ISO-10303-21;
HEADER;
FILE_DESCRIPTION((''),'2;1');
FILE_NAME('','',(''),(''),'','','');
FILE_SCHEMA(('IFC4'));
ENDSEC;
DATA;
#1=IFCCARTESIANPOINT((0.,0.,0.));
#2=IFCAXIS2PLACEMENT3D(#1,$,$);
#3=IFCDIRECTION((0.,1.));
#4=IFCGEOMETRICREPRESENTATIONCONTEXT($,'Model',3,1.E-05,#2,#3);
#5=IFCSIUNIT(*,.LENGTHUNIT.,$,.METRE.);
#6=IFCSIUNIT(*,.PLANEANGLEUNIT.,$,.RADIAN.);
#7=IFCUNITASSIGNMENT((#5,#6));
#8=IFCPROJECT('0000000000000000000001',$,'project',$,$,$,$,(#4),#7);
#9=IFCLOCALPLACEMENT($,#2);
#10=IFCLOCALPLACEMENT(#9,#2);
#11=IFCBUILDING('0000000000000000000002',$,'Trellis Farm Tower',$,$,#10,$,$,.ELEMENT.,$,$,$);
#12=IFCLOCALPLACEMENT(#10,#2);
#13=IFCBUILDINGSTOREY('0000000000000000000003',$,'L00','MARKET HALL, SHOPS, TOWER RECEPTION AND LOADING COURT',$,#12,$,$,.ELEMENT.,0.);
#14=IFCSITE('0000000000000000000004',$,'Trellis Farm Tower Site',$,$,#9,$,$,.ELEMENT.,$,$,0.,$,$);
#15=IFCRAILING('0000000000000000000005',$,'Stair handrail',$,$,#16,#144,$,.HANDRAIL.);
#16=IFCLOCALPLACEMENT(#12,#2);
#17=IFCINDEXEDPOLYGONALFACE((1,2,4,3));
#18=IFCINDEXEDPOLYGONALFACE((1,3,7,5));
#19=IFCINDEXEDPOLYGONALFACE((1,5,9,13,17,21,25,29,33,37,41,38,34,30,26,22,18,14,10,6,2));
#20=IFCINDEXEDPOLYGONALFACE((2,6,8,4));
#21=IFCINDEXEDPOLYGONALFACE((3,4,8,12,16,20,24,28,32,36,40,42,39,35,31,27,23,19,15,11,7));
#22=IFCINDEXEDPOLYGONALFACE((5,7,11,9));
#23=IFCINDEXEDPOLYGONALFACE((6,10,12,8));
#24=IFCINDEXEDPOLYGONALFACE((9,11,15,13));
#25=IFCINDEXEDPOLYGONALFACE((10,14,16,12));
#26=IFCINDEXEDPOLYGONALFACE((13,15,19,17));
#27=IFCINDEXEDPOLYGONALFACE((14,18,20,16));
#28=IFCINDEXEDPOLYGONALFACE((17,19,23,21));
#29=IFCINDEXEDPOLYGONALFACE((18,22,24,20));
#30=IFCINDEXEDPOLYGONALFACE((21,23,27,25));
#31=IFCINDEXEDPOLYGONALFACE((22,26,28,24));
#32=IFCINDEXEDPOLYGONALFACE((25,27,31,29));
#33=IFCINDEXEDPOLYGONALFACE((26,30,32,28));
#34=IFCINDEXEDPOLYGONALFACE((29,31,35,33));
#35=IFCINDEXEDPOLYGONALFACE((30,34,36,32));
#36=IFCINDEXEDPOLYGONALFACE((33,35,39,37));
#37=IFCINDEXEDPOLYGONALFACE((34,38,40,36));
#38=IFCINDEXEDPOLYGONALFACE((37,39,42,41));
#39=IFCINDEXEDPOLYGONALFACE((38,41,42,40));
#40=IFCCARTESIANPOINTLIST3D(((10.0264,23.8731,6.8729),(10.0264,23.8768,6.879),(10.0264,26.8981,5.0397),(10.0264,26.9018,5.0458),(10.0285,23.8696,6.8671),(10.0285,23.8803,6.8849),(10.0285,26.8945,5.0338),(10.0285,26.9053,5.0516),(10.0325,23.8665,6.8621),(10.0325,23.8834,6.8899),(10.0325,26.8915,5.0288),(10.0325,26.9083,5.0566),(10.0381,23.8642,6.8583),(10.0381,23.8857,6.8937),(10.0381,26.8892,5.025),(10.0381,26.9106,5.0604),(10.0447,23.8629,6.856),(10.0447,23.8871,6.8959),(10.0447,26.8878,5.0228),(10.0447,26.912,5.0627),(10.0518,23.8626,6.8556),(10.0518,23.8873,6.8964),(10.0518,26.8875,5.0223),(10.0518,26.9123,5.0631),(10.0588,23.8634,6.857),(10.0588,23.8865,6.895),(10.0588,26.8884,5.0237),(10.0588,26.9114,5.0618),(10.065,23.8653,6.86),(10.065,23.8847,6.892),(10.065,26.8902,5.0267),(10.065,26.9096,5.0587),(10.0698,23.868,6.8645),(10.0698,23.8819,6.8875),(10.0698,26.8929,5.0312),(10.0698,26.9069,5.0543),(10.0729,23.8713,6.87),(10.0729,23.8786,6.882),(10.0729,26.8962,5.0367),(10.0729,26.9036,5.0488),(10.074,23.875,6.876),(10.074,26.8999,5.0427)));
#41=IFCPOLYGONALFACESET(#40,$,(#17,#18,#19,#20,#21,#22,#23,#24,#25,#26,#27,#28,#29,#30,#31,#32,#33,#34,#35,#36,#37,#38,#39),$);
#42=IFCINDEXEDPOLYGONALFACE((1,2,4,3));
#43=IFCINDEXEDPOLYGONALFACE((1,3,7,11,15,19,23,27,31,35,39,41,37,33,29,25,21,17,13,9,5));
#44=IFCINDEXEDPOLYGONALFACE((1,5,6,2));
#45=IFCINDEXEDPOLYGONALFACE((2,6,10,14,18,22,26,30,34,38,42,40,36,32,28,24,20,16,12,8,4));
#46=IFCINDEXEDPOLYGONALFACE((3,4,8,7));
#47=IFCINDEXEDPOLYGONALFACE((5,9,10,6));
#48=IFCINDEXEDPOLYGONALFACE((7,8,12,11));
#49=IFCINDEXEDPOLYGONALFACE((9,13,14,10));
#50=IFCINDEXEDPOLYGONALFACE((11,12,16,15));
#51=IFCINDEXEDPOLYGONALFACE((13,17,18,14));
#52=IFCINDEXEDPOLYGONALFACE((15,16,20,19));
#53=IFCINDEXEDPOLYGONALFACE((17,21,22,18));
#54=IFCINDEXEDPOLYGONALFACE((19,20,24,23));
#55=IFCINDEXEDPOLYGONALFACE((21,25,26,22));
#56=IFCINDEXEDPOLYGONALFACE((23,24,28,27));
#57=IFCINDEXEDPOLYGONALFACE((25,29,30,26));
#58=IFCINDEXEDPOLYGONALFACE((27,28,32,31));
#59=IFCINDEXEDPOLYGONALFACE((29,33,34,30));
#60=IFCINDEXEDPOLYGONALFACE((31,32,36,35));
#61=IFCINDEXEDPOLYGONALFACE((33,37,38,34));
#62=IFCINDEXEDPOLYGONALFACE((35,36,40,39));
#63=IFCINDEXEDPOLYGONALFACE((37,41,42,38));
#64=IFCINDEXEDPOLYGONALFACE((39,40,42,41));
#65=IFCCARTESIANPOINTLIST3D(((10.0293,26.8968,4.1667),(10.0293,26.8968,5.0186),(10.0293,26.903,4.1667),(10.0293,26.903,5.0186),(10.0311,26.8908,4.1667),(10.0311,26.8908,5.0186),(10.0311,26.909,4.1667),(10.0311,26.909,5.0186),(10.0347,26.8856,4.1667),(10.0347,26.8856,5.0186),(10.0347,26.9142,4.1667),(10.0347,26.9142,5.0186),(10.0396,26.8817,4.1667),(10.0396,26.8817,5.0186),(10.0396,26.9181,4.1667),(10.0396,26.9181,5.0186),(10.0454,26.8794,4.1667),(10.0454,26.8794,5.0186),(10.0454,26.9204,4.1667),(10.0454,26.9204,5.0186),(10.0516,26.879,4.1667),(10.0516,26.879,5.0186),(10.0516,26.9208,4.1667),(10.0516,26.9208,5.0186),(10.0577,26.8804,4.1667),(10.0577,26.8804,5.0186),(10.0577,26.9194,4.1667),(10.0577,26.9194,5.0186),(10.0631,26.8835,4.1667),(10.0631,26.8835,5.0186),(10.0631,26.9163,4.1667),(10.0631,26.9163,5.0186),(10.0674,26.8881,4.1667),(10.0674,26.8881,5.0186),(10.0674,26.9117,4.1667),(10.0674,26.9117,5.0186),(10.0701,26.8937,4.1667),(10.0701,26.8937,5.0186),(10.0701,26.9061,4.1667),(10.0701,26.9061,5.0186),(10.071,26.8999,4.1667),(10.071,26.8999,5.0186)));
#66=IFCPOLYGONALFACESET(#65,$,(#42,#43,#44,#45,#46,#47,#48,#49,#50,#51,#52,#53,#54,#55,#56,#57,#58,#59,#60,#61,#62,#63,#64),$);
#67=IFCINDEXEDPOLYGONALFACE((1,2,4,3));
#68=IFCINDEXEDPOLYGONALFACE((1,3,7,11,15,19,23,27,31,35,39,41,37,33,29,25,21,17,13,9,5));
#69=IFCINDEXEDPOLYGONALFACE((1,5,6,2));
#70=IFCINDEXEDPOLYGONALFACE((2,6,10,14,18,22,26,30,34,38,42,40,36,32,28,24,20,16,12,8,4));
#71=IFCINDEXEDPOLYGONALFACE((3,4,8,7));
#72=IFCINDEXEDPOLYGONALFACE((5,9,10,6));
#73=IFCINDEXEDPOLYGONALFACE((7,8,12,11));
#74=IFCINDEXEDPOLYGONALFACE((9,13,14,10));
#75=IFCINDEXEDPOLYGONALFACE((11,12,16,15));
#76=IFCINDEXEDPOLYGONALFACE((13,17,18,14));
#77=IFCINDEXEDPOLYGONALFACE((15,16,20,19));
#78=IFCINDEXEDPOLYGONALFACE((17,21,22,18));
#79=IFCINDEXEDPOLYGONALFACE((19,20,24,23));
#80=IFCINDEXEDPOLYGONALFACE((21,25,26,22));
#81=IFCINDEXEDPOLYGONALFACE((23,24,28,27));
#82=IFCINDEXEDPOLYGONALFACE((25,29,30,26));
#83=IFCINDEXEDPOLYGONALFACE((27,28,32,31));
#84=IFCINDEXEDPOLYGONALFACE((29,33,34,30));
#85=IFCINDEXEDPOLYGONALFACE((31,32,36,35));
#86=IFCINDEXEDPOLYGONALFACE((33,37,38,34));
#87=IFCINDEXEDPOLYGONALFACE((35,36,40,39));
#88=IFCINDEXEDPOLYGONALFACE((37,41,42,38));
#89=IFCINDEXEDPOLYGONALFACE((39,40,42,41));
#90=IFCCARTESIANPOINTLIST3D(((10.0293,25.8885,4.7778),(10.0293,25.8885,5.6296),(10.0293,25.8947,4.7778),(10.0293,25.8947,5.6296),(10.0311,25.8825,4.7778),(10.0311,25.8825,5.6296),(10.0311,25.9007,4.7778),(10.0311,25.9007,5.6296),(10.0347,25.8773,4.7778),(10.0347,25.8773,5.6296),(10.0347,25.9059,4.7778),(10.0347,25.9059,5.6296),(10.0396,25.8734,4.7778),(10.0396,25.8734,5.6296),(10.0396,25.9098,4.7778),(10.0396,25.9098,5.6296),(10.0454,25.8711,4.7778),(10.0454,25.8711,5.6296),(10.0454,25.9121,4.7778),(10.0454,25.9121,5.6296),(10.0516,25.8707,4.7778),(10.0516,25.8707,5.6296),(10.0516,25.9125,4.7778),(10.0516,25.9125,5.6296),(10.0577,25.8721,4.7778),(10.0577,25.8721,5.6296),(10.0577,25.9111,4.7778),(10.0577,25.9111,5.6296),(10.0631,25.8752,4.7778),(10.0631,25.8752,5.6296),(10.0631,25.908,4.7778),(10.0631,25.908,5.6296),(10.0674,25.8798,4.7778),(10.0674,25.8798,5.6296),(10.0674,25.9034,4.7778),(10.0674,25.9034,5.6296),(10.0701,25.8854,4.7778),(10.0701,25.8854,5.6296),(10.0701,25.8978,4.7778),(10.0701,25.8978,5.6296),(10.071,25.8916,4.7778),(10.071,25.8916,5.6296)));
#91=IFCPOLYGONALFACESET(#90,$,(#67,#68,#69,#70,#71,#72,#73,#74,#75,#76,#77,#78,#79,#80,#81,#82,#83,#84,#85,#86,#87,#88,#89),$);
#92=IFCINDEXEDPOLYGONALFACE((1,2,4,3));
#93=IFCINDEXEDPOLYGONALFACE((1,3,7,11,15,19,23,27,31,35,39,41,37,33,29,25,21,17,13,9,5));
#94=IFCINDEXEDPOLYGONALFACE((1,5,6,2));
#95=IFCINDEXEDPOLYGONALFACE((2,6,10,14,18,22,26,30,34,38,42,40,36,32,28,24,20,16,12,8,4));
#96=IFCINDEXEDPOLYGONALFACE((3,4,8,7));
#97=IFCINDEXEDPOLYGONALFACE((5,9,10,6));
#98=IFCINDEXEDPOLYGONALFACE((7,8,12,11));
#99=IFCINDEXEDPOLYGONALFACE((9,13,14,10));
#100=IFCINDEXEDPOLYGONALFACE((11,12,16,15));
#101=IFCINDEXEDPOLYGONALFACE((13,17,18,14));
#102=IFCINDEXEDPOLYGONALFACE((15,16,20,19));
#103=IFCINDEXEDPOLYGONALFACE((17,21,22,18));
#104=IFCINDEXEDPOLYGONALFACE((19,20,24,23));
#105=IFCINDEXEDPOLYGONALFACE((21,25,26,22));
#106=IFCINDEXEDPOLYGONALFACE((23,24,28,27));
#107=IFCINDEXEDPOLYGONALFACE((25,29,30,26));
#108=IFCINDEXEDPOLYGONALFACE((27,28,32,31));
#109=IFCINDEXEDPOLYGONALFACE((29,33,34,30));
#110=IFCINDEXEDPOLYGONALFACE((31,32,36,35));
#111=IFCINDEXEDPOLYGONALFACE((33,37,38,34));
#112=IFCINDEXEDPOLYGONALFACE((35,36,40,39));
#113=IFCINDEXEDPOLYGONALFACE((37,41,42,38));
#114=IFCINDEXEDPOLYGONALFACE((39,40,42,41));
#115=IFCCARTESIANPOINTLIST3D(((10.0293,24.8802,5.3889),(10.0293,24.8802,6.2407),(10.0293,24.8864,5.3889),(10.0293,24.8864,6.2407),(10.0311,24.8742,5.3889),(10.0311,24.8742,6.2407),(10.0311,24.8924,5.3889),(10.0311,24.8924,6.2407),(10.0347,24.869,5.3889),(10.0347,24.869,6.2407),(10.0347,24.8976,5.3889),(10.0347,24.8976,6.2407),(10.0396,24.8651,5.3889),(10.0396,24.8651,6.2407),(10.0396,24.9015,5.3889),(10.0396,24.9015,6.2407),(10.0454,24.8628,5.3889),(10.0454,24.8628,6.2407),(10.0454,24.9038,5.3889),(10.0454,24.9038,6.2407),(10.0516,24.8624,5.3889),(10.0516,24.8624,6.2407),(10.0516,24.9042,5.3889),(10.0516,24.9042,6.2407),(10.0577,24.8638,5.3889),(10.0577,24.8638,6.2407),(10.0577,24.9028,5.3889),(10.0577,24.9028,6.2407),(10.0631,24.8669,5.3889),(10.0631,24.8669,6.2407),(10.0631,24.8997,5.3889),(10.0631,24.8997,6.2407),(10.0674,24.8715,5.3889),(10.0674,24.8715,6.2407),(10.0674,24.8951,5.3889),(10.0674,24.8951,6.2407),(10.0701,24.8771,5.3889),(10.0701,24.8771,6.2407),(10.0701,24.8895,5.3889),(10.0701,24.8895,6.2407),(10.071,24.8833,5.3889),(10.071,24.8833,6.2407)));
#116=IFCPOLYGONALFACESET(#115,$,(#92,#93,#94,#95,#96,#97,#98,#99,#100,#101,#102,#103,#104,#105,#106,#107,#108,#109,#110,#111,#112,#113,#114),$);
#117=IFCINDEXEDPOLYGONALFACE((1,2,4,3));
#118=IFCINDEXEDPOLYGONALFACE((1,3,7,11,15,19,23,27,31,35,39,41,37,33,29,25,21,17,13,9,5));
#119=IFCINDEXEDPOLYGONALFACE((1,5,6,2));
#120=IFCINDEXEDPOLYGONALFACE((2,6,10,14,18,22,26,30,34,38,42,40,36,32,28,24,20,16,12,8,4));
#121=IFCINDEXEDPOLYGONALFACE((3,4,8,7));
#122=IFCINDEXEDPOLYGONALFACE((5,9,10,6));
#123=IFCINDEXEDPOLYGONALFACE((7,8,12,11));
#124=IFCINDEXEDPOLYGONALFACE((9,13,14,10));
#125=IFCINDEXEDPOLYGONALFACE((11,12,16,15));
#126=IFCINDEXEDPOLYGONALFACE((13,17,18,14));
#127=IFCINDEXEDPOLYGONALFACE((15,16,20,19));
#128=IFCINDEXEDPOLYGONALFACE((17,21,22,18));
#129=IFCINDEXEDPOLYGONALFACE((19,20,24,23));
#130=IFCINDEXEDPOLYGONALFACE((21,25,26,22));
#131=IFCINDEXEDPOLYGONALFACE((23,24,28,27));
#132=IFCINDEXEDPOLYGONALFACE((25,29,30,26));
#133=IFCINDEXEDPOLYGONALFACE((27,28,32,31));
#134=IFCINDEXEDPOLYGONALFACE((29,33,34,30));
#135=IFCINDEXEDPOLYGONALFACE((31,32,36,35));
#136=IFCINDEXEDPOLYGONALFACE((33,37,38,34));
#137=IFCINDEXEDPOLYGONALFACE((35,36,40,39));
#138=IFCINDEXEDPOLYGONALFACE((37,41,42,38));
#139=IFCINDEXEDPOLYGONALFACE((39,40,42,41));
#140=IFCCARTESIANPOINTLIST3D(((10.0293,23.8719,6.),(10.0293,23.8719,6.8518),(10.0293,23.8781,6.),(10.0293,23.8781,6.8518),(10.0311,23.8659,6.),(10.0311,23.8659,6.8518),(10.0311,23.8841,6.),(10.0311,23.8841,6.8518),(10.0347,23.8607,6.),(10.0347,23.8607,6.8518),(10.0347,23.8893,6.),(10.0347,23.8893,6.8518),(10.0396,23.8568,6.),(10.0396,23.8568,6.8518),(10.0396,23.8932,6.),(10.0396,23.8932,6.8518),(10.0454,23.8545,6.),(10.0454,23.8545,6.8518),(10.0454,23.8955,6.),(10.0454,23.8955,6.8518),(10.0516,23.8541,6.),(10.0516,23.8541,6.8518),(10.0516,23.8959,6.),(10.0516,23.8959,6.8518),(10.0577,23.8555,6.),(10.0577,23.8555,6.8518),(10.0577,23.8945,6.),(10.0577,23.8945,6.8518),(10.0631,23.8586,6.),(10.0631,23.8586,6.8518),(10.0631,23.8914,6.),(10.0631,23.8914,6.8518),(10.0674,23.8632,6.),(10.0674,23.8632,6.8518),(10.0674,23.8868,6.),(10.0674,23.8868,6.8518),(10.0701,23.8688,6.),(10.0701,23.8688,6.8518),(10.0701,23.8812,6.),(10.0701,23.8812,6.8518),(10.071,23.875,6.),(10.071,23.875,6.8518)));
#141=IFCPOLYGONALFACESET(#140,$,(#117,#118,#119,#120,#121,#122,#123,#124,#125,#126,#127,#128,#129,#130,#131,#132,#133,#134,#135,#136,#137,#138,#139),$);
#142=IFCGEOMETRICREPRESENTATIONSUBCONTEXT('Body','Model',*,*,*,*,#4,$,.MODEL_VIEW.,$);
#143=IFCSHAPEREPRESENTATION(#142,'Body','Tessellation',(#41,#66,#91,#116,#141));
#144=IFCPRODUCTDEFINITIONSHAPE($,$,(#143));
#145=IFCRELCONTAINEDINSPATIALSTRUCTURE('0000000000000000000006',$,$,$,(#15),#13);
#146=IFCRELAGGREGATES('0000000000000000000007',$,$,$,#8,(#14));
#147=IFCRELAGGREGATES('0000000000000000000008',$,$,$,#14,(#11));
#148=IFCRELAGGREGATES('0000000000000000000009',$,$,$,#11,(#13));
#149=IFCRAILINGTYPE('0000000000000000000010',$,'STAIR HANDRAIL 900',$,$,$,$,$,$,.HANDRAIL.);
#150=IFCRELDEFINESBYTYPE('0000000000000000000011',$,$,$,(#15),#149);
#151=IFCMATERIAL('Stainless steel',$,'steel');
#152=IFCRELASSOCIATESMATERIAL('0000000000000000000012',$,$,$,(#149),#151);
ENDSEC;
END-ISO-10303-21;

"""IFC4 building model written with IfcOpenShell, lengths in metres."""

from ifc_helpers import new_model, si_unit, direction, frame, origin, origin_2d, place, context, subcontext, project, spatial, circle, extrude, source, transform, mapped, material, type_object, element, save


model = new_model("IFC4")

# Units and contexts
model_context = context("Model", 3, precision=1e-05, world=origin(), true_north=direction((0.0, 1.0)))
body_context = subcontext(model_context, "Body", "Model", "MODEL_VIEW")
ifc_project = project(units=[si_unit("LENGTHUNIT", "METRE"), si_unit("PLANEANGLEUNIT", "RADIAN")], contexts=[model_context])

# Site, building, storey
site_placement = place(None, origin())
site = spatial("IfcSite", under=ifc_project, at=site_placement, Name="Trellis Farm Tower Site", CompositionType="ELEMENT", RefElevation=0.0)
building_placement = place(site_placement, origin())
building = spatial("IfcBuilding", under=site, at=building_placement, Name="Trellis Farm Tower", CompositionType="ELEMENT")
storey_placement = place(building_placement, origin())
storey = spatial("IfcBuildingStorey", under=building, at=storey_placement, Name="L00", Description="MARKET HALL, SHOPS, TOWER RECEPTION AND LOADING COURT", CompositionType="ELEMENT", Elevation=0.0)

# Railing
ifc_material_1 = material(Name="Stainless steel", Category="steel")
railing_type = type_object("IfcRailingType", Name="STAIR HANDRAIL 900", PredefinedType="HANDRAIL", material=ifc_material_1)
shared_shape_1 = source(origin(), body_context, "Body", "SweptSolid", [
    extrude(circle(Radius=0.0239, at=origin_2d()), frame((0.0, 0.0, 0.876), z_axis=(0.0, -0.855201, 0.518297), x_axis=(1.0, 0.0, 0.0)), (0.0, 0.0, 1.0), 3.5371),
    extrude(circle(Radius=0.021, at=origin_2d()), origin(), (0.0, 0.0, 1.0), 0.8518),
    extrude(circle(Radius=0.021, at=origin_2d()), frame((0.0, -1.0083, 0.6111)), (0.0, 0.0, 1.0), 0.8518),
    extrude(circle(Radius=0.021, at=origin_2d()), frame((0.0, -2.0166, 1.2222)), (0.0, 0.0, 1.0), 0.8518),
    extrude(circle(Radius=0.021, at=origin_2d()), frame((0.0, -3.0249, 1.8333)), (0.0, 0.0, 1.0), 0.8518),
])
for number, where, name in (
    (1, (10.05, 26.8999, 4.1667), "Stair handrail"),
):
    element("IfcRailing", number, at=place(storey_placement, frame(where)), inside=storey, type_object=railing_type, Name=name, PredefinedType="HANDRAIL", context=body_context, shape_type="MappedRepresentation", body=[
        mapped(shared_shape_1, transform((0.0, 0.0, 0.0))),
    ])

save(model, "model.ifc")
